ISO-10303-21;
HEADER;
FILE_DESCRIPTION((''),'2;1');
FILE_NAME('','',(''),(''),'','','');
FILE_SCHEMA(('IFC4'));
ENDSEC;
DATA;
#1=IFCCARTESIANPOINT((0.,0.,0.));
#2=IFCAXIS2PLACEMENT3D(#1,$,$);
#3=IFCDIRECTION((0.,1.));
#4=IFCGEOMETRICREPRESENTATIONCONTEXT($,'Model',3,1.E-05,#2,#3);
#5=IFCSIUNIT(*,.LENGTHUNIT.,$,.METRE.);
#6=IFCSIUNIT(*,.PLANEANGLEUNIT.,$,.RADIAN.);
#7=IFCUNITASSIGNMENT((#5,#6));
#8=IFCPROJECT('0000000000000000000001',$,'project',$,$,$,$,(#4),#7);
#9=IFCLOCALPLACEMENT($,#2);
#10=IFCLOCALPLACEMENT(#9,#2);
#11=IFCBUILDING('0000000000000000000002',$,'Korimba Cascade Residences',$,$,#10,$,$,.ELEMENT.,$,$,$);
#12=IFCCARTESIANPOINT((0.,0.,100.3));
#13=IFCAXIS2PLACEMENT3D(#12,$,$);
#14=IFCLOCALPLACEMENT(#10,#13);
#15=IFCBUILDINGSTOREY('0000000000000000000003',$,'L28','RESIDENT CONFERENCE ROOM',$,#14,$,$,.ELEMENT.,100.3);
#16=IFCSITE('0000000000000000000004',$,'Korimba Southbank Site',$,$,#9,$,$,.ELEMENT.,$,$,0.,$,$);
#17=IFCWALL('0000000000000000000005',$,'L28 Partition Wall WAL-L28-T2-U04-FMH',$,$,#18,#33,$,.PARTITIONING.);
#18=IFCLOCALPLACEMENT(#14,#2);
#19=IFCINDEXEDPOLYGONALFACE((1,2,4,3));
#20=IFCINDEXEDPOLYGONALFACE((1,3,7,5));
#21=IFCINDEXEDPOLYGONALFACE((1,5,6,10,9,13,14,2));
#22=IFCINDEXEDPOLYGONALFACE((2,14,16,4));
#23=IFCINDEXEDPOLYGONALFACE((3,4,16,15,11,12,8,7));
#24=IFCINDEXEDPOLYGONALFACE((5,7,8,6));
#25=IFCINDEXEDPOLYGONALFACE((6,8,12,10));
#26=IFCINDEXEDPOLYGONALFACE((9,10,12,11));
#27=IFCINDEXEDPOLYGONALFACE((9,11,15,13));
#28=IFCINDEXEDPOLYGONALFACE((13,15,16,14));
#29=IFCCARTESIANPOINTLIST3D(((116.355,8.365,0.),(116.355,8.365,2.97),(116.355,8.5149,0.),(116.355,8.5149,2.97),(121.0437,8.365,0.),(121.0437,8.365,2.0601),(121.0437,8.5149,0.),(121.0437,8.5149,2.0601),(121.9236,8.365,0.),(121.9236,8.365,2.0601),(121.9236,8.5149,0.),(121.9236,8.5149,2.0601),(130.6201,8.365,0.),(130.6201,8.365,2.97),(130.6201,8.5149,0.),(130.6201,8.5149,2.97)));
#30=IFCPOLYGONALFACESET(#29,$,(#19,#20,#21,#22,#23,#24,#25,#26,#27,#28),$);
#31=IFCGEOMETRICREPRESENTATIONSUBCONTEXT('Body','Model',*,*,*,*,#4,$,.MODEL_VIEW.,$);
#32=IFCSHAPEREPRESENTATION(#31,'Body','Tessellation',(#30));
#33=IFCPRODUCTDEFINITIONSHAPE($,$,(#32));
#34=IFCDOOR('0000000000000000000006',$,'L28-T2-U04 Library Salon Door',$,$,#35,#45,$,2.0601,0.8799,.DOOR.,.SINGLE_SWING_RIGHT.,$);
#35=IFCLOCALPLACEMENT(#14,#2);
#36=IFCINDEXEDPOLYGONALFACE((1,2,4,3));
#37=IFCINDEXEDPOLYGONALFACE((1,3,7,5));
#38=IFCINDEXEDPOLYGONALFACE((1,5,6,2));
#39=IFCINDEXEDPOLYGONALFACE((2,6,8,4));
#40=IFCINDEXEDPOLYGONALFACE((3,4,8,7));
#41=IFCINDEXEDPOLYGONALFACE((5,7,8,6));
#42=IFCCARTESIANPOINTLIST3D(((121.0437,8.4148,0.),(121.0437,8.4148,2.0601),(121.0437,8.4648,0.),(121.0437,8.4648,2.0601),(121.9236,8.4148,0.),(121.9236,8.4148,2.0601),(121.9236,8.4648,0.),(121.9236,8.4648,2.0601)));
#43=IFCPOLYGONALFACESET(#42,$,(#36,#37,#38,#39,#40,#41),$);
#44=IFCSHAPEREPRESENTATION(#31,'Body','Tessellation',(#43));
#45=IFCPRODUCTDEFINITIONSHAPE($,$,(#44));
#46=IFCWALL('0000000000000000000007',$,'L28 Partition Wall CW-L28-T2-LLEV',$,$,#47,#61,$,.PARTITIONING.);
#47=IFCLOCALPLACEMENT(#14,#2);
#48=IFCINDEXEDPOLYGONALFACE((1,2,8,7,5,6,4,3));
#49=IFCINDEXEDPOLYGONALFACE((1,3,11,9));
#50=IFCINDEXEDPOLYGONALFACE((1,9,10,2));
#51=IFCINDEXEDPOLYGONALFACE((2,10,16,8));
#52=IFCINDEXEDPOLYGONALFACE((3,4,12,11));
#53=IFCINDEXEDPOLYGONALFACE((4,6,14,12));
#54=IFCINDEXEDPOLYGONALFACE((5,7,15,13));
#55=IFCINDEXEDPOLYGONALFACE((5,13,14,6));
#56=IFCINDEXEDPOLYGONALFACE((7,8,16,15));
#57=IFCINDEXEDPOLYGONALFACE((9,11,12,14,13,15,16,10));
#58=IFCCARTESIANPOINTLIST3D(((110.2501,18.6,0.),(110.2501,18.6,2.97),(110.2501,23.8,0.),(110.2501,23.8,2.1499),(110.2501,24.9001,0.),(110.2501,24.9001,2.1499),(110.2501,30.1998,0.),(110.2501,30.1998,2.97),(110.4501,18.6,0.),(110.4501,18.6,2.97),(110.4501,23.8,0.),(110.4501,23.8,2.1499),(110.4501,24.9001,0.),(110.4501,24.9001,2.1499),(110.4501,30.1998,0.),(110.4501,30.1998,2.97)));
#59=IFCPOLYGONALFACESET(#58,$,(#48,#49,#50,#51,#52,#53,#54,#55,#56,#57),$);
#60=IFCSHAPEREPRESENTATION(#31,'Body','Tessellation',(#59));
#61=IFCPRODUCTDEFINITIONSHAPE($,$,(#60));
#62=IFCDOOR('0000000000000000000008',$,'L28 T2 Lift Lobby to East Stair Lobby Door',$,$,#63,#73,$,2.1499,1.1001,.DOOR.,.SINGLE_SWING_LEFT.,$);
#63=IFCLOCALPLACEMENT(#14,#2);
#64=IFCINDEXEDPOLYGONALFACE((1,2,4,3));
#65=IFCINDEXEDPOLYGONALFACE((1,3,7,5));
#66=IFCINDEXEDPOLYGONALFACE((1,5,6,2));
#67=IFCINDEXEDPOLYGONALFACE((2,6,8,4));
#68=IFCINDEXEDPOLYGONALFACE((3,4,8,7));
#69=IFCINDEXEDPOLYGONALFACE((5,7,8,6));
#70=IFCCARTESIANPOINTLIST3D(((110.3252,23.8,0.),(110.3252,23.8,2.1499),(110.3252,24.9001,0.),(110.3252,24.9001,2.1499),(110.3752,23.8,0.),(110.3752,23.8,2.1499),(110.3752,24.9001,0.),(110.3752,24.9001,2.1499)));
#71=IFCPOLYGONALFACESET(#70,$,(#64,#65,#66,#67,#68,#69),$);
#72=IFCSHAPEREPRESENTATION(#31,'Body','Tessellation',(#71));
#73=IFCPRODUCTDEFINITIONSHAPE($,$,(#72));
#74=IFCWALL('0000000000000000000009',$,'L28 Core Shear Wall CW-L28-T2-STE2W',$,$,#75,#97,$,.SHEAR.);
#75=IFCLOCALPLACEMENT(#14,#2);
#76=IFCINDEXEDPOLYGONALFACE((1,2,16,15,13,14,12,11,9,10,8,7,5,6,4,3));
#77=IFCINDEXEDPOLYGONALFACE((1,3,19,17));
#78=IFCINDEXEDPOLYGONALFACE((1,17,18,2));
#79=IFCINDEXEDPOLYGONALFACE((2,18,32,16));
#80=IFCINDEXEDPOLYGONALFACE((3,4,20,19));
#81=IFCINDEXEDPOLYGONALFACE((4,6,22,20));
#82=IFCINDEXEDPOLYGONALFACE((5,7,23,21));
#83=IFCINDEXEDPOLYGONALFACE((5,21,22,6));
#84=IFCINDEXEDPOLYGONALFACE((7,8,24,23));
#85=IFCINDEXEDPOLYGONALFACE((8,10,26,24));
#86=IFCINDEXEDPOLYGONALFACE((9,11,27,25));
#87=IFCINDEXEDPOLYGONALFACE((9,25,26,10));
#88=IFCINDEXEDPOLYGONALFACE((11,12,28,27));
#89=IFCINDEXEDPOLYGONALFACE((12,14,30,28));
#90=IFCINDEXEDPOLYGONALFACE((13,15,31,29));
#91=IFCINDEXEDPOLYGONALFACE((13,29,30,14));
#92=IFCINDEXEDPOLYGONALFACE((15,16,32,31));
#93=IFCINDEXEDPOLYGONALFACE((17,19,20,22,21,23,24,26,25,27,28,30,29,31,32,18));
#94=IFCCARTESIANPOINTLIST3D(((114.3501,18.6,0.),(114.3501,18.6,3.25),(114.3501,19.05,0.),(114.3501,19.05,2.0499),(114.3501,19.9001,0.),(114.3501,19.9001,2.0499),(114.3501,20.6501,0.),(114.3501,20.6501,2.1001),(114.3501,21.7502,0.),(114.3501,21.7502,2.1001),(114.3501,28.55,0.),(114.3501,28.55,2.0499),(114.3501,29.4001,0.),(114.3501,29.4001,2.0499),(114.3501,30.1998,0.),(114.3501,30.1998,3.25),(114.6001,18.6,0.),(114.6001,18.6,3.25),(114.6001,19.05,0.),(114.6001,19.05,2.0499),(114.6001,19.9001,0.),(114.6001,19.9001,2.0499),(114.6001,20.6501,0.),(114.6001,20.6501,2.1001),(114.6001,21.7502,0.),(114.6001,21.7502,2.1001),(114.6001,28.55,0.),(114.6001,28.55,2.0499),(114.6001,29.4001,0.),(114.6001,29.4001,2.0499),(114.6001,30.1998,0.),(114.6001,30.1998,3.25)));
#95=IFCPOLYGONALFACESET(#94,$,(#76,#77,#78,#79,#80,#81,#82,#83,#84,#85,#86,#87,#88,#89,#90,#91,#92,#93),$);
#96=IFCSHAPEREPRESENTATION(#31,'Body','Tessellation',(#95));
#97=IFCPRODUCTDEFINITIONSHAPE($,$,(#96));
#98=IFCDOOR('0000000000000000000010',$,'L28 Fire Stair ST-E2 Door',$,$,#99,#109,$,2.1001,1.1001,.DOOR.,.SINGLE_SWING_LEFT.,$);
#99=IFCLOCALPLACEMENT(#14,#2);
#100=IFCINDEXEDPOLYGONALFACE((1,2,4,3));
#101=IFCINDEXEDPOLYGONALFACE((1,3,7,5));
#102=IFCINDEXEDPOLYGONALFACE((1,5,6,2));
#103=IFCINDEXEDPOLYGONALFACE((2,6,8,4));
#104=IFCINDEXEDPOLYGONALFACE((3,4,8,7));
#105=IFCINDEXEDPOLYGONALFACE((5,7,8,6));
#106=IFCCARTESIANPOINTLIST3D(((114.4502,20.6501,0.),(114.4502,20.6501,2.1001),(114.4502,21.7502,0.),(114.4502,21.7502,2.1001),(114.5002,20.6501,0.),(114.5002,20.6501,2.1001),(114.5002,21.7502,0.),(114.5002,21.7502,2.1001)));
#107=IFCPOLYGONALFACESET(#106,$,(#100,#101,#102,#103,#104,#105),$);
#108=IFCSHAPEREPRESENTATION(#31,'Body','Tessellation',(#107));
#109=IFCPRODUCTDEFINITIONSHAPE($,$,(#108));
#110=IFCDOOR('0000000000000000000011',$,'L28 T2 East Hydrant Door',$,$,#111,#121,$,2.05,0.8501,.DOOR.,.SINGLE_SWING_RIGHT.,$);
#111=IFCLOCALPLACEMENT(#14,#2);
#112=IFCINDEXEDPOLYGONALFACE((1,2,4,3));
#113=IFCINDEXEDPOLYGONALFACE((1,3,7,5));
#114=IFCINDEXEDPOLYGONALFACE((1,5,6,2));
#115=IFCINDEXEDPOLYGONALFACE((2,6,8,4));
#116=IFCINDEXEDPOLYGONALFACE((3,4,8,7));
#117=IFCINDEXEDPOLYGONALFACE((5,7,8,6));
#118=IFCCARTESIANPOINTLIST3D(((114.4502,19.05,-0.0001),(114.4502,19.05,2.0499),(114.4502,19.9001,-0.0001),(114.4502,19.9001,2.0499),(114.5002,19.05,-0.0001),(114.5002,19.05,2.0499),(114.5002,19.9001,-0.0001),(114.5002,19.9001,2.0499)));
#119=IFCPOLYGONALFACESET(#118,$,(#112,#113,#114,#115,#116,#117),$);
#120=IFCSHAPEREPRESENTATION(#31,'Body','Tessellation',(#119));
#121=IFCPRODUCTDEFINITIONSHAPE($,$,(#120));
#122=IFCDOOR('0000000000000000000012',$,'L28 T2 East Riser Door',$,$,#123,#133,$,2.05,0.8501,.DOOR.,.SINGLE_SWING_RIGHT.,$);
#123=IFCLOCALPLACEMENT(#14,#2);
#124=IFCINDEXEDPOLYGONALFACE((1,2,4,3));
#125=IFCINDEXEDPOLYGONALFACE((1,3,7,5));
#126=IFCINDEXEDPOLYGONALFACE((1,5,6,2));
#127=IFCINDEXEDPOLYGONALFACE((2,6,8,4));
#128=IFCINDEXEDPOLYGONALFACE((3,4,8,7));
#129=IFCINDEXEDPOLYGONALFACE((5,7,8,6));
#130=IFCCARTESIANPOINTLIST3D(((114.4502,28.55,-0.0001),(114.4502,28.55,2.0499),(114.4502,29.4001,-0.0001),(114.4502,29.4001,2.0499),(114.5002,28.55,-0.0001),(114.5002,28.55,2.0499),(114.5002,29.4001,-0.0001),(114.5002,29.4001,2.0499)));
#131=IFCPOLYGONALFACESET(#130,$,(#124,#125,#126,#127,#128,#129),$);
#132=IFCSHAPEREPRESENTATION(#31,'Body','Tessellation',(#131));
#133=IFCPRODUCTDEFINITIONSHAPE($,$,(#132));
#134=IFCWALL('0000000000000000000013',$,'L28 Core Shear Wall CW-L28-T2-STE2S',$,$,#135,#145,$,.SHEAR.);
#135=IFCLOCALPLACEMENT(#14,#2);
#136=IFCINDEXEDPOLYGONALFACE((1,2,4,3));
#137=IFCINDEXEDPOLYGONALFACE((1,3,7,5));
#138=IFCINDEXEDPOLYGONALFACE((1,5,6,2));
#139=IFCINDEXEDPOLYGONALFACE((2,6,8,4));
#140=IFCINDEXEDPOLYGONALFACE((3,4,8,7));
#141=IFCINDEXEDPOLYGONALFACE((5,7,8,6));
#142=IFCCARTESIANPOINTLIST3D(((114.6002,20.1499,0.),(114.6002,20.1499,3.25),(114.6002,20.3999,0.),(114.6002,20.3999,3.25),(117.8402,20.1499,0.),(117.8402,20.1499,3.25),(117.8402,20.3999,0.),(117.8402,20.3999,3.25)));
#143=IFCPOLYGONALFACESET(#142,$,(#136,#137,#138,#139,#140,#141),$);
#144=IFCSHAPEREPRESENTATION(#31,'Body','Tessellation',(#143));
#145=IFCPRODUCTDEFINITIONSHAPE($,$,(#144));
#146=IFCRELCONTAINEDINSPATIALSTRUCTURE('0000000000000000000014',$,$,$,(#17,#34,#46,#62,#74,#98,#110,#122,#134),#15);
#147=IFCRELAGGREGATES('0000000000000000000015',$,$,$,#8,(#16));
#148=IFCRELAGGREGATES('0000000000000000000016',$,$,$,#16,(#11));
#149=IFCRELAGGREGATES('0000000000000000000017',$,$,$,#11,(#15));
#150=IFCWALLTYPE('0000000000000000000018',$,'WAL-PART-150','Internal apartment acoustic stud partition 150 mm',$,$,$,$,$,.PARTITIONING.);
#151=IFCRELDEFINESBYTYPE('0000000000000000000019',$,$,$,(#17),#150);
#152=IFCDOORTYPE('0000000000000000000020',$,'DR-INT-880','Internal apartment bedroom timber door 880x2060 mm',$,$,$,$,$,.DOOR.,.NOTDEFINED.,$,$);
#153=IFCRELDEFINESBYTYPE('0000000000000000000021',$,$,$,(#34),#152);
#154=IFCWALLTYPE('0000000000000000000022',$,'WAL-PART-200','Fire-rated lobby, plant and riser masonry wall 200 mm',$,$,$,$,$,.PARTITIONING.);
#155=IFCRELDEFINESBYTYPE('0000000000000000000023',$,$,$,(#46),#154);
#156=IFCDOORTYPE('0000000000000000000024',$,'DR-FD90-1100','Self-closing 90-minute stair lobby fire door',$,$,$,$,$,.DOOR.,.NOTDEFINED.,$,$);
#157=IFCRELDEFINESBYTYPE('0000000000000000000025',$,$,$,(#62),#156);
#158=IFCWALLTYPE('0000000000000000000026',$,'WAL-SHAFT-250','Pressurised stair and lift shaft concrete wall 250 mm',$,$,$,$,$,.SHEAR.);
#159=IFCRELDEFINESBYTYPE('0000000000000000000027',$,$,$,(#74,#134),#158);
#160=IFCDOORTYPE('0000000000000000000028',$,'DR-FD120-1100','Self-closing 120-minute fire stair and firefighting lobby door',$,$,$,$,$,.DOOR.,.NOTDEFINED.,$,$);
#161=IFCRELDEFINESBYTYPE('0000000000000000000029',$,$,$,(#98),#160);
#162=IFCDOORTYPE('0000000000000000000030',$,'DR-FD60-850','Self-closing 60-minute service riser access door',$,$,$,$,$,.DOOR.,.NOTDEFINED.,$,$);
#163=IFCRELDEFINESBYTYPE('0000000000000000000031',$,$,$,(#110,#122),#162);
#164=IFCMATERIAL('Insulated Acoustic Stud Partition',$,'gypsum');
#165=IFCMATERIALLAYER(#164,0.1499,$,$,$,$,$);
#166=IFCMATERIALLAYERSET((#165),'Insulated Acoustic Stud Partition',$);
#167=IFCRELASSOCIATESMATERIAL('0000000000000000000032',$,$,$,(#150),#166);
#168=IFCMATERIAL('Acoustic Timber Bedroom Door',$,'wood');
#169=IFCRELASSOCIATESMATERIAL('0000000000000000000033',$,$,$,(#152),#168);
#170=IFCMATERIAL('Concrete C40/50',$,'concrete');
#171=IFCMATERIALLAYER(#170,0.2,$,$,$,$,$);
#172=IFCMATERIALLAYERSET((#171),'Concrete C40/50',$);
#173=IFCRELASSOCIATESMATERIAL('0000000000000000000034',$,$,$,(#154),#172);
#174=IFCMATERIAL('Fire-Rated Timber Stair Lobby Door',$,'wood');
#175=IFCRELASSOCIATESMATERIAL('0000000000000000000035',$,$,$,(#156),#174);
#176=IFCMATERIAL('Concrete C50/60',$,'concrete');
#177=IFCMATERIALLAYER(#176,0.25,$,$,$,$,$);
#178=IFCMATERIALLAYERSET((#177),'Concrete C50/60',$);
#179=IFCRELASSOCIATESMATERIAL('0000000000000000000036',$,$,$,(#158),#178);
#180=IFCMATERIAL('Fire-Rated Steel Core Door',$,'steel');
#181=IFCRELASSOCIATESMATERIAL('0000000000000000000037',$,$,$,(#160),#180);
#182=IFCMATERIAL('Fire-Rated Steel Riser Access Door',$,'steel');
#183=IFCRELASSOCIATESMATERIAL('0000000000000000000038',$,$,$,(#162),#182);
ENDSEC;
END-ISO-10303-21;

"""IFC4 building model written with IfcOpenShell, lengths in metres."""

from ifc_helpers import new_model, si_unit, direction, frame, frame_2d, origin, place, context, subcontext, project, spatial, rectangle, extrude, material, layer, layer_set, type_object, element, fill, save


model = new_model("IFC4")

# Units and contexts
model_context = context("Model", 3, precision=1e-05, world=origin(), true_north=direction((0.0, 1.0)))
body_context = subcontext(model_context, "Body", "Model", "MODEL_VIEW")
ifc_project = project(units=[si_unit("LENGTHUNIT", "METRE"), si_unit("PLANEANGLEUNIT", "RADIAN")], contexts=[model_context])

# Site, building, storey
site_placement = place(None, origin())
site = spatial("IfcSite", under=ifc_project, at=site_placement, Name="Korimba Southbank Site", CompositionType="ELEMENT", RefElevation=0.0)
building_placement = place(site_placement, origin())
building = spatial("IfcBuilding", under=site, at=building_placement, Name="Korimba Cascade Residences", CompositionType="ELEMENT")
storey_placement = place(building_placement, frame((0.0, 0.0, 100.3)))
storey = spatial("IfcBuildingStorey", under=building, at=storey_placement, Name="L28", Description="RESIDENT CONFERENCE ROOM", CompositionType="ELEMENT", Elevation=100.3)

# Shared definitions
ifc_material_1 = material(Name="Insulated Acoustic Stud Partition", Category="gypsum")
ifc_layer_1 = layer(ifc_material_1, 0.1499)
ifc_layer_set_1 = layer_set([ifc_layer_1], Name="Insulated Acoustic Stud Partition")
wall_type_1 = type_object("IfcWallType", Name="WAL-PART-150", Description="Internal apartment acoustic stud partition 150 mm", PredefinedType="PARTITIONING", material=ifc_layer_set_1)

# Walls, openings, doors
ifc_material_2 = material(Name="Acoustic Timber Bedroom Door", Category="wood")
door_type_1 = type_object("IfcDoorType", Name="DR-INT-880", Description="Internal apartment bedroom timber door 880x2060 mm", OperationType="NOTDEFINED", PredefinedType="DOOR", material=ifc_material_2)
wall_1_placement = place(storey_placement, frame((116.355, 8.4399, 0.0), z_axis=(0.0, 0.0, 1.0), x_axis=(1.0, 0.0, 0.0)))
wall_1 = element("IfcWall", 1, at=wall_1_placement, inside=storey, type_object=wall_type_1, Name="L28 Partition Wall WAL-L28-T2-U04-FMH", PredefinedType="PARTITIONING", context=body_context, shape_type="SweptSolid", body=[
    extrude(rectangle(XDim=14.2651, YDim=0.1499, at=frame_2d((7.1326, 0.0))), origin(), (0.0, 0.0, 1.0), 2.97),
])
opening_1_placement = place(wall_1_placement, frame((4.6887, 0.0, 0.0)))
opening_1 = element("IfcOpeningElement", 2, at=opening_1_placement, cuts=wall_1, PredefinedType="OPENING", context=body_context, shape_type="SweptSolid", body=[
    extrude(rectangle(XDim=0.8799, YDim=2.0601, at=frame_2d((0.4399, 1.03))), frame((0.0, 0.085, 0.0), z_axis=(0.0, -1.0, 0.0), x_axis=(1.0, 0.0, 0.0)), (0.0, 0.0, 1.0), 0.1699),
])
door_1_placement = place(opening_1_placement, origin())
door_1 = element("IfcDoor", 3, at=door_1_placement, inside=storey, type_object=door_type_1, Name="L28-T2-U04 Library Salon Door", OperationType="SINGLE_SWING_RIGHT", OverallHeight=2.0601, OverallWidth=0.8799, PredefinedType="DOOR", context=body_context, shape_type="SweptSolid", body=[
    extrude(rectangle(XDim=0.8799, YDim=2.0601, at=frame_2d((0.4399, 1.03))), frame((0.0, 0.0249, 0.0), z_axis=(0.0, -1.0, 0.0), x_axis=(1.0, 0.0, 0.0)), (0.0, 0.0, 1.0), 0.05),
])
fill(opening_1, door_1)
ifc_material_3 = material(Name="Concrete C40/50", Category="concrete")
ifc_layer_2 = layer(ifc_material_3, 0.2)
ifc_layer_set_2 = layer_set([ifc_layer_2], Name="Concrete C40/50")
wall_type_2 = type_object("IfcWallType", Name="WAL-PART-200", Description="Fire-rated lobby, plant and riser masonry wall 200 mm", PredefinedType="PARTITIONING", material=ifc_layer_set_2)
wall_2_placement = place(storey_placement, frame((110.3501, 18.6001, 0.0), z_axis=(0.0, 0.0, 1.0), x_axis=(0.0, 1.0, 0.0)))
wall_2 = element("IfcWall", 4, at=wall_2_placement, inside=storey, type_object=wall_type_2, Name="L28 Partition Wall CW-L28-T2-LLEV", PredefinedType="PARTITIONING", context=body_context, shape_type="SweptSolid", body=[
    extrude(rectangle(XDim=11.5999, YDim=0.2, at=frame_2d((5.7998, 0.0))), origin(), (0.0, 0.0, 1.0), 2.97),
])
opening_2_placement = place(wall_2_placement, frame((5.2, 0.0, 0.0)))
opening_2 = element("IfcOpeningElement", 5, at=opening_2_placement, cuts=wall_2, PredefinedType="OPENING", context=body_context, shape_type="SweptSolid", body=[
    extrude(rectangle(XDim=1.1001, YDim=2.1499, at=frame_2d((0.55, 1.075))), frame((0.0, 0.1099, 0.0), z_axis=(0.0, -1.0, 0.0), x_axis=(1.0, 0.0, 0.0)), (0.0, 0.0, 1.0), 0.22),
])
ifc_material_4 = material(Name="Fire-Rated Timber Stair Lobby Door", Category="wood")
door_type_2 = type_object("IfcDoorType", Name="DR-FD90-1100", Description="Self-closing 90-minute stair lobby fire door", OperationType="NOTDEFINED", PredefinedType="DOOR", material=ifc_material_4)
door_2_placement = place(opening_2_placement, origin())
door_2 = element("IfcDoor", 6, at=door_2_placement, inside=storey, type_object=door_type_2, Name="L28 T2 Lift Lobby to East Stair Lobby Door", OperationType="SINGLE_SWING_LEFT", OverallHeight=2.1499, OverallWidth=1.1001, PredefinedType="DOOR", context=body_context, shape_type="SweptSolid", body=[
    extrude(rectangle(XDim=1.1001, YDim=2.1499, at=frame_2d((0.55, 1.075))), frame((0.0, 0.0249, 0.0), z_axis=(0.0, -1.0, 0.0), x_axis=(1.0, 0.0, 0.0)), (0.0, 0.0, 1.0), 0.05),
])
fill(opening_2, door_2)

# Wall, openings, doors
ifc_material_5 = material(Name="Concrete C50/60", Category="concrete")
ifc_layer_3 = layer(ifc_material_5, 0.25)
ifc_layer_set_3 = layer_set([ifc_layer_3], Name="Concrete C50/60")
wall_type_3 = type_object("IfcWallType", Name="WAL-SHAFT-250", Description="Pressurised stair and lift shaft concrete wall 250 mm", PredefinedType="SHEAR", material=ifc_layer_set_3)
wall_3_placement = place(storey_placement, frame((114.4751, 18.6001, 0.0), z_axis=(0.0, 0.0, 1.0), x_axis=(0.0, 1.0, 0.0)))
wall_3 = element("IfcWall", 7, at=wall_3_placement, inside=storey, type_object=wall_type_3, Name="L28 Core Shear Wall CW-L28-T2-STE2W", PredefinedType="SHEAR", context=body_context, shape_type="SweptSolid", body=[
    extrude(rectangle(XDim=11.5999, YDim=0.25, at=frame_2d((5.7998, 0.0))), origin(), (0.0, 0.0, 1.0), 3.25),
])
opening_3_placement = place(wall_3_placement, frame((0.45, 0.0, 0.0)))
opening_3 = element("IfcOpeningElement", 8, at=opening_3_placement, cuts=wall_3, PredefinedType="OPENING", context=body_context, shape_type="SweptSolid", body=[
    extrude(rectangle(XDim=0.8501, YDim=2.05, at=frame_2d((0.425, 1.0249))), frame((0.0, 0.135, 0.0), z_axis=(0.0, -1.0, 0.0), x_axis=(1.0, 0.0, 0.0)), (0.0, 0.0, 1.0), 0.27),
])
opening_4_placement = place(wall_3_placement, frame((2.05, 0.0, 0.0)))
opening_4 = element("IfcOpeningElement", 9, at=opening_4_placement, cuts=wall_3, PredefinedType="OPENING", context=body_context, shape_type="SweptSolid", body=[
    extrude(rectangle(XDim=1.1001, YDim=2.1001, at=frame_2d((0.55, 1.05))), frame((0.0, 0.135, 0.0), z_axis=(0.0, -1.0, 0.0), x_axis=(1.0, 0.0, 0.0)), (0.0, 0.0, 1.0), 0.27),
])
opening_5_placement = place(wall_3_placement, frame((9.95, 0.0, 0.0)))
opening_5 = element("IfcOpeningElement", 10, at=opening_5_placement, cuts=wall_3, PredefinedType="OPENING", context=body_context, shape_type="SweptSolid", body=[
    extrude(rectangle(XDim=0.8501, YDim=2.05, at=frame_2d((0.425, 1.0249))), frame((0.0, 0.135, 0.0), z_axis=(0.0, -1.0, 0.0), x_axis=(1.0, 0.0, 0.0)), (0.0, 0.0, 1.0), 0.27),
])
ifc_material_6 = material(Name="Fire-Rated Steel Core Door", Category="steel")
door_type_3 = type_object("IfcDoorType", Name="DR-FD120-1100", Description="Self-closing 120-minute fire stair and firefighting lobby door", OperationType="NOTDEFINED", PredefinedType="DOOR", material=ifc_material_6)
door_3_placement = place(opening_4_placement, origin())
door_3 = element("IfcDoor", 11, at=door_3_placement, inside=storey, type_object=door_type_3, Name="L28 Fire Stair ST-E2 Door", OperationType="SINGLE_SWING_LEFT", OverallHeight=2.1001, OverallWidth=1.1001, PredefinedType="DOOR", context=body_context, shape_type="SweptSolid", body=[
    extrude(rectangle(XDim=1.1001, YDim=2.1001, at=frame_2d((0.55, 1.05))), frame((0.0, 0.0249, 0.0), z_axis=(0.0, -1.0, 0.0), x_axis=(1.0, 0.0, 0.0)), (0.0, 0.0, 1.0), 0.05),
])
fill(opening_4, door_3)
ifc_material_7 = material(Name="Fire-Rated Steel Riser Access Door", Category="steel")
door_type_4 = type_object("IfcDoorType", Name="DR-FD60-850", Description="Self-closing 60-minute service riser access door", OperationType="NOTDEFINED", PredefinedType="DOOR", material=ifc_material_7)
door_4_placement = place(opening_3_placement, origin())
door_4 = element("IfcDoor", 12, at=door_4_placement, inside=storey, type_object=door_type_4, Name="L28 T2 East Hydrant Door", OperationType="SINGLE_SWING_RIGHT", OverallHeight=2.05, OverallWidth=0.8501, PredefinedType="DOOR", context=body_context, shape_type="SweptSolid", body=[
    extrude(rectangle(XDim=0.8501, YDim=2.05, at=frame_2d((0.425, 1.0249))), frame((0.0, 0.0249, 0.0), z_axis=(0.0, -1.0, 0.0), x_axis=(1.0, 0.0, 0.0)), (0.0, 0.0, 1.0), 0.05),
])
fill(opening_3, door_4)
door_5_placement = place(opening_5_placement, origin())
door_5 = element("IfcDoor", 13, at=door_5_placement, inside=storey, type_object=door_type_4, Name="L28 T2 East Riser Door", OperationType="SINGLE_SWING_RIGHT", OverallHeight=2.05, OverallWidth=0.8501, PredefinedType="DOOR", context=body_context, shape_type="SweptSolid", body=[
    extrude(rectangle(XDim=0.8501, YDim=2.05, at=frame_2d((0.425, 1.0249))), frame((0.0, 0.0249, 0.0), z_axis=(0.0, -1.0, 0.0), x_axis=(1.0, 0.0, 0.0)), (0.0, 0.0, 1.0), 0.05),
])
fill(opening_5, door_5)

# Wall
wall_4_placement = place(storey_placement, frame((114.6001, 20.2749, 0.0), z_axis=(0.0, 0.0, 1.0), x_axis=(1.0, 0.0, 0.0)))
element("IfcWall", 14, at=wall_4_placement, inside=storey, type_object=wall_type_3, Name="L28 Core Shear Wall CW-L28-T2-STE2S", PredefinedType="SHEAR", context=body_context, shape_type="SweptSolid", body=[
    extrude(rectangle(XDim=3.24, YDim=0.25, at=frame_2d((1.6201, 0.0))), origin(), (0.0, 0.0, 1.0), 3.25),
])

save(model, "model.ifc")
